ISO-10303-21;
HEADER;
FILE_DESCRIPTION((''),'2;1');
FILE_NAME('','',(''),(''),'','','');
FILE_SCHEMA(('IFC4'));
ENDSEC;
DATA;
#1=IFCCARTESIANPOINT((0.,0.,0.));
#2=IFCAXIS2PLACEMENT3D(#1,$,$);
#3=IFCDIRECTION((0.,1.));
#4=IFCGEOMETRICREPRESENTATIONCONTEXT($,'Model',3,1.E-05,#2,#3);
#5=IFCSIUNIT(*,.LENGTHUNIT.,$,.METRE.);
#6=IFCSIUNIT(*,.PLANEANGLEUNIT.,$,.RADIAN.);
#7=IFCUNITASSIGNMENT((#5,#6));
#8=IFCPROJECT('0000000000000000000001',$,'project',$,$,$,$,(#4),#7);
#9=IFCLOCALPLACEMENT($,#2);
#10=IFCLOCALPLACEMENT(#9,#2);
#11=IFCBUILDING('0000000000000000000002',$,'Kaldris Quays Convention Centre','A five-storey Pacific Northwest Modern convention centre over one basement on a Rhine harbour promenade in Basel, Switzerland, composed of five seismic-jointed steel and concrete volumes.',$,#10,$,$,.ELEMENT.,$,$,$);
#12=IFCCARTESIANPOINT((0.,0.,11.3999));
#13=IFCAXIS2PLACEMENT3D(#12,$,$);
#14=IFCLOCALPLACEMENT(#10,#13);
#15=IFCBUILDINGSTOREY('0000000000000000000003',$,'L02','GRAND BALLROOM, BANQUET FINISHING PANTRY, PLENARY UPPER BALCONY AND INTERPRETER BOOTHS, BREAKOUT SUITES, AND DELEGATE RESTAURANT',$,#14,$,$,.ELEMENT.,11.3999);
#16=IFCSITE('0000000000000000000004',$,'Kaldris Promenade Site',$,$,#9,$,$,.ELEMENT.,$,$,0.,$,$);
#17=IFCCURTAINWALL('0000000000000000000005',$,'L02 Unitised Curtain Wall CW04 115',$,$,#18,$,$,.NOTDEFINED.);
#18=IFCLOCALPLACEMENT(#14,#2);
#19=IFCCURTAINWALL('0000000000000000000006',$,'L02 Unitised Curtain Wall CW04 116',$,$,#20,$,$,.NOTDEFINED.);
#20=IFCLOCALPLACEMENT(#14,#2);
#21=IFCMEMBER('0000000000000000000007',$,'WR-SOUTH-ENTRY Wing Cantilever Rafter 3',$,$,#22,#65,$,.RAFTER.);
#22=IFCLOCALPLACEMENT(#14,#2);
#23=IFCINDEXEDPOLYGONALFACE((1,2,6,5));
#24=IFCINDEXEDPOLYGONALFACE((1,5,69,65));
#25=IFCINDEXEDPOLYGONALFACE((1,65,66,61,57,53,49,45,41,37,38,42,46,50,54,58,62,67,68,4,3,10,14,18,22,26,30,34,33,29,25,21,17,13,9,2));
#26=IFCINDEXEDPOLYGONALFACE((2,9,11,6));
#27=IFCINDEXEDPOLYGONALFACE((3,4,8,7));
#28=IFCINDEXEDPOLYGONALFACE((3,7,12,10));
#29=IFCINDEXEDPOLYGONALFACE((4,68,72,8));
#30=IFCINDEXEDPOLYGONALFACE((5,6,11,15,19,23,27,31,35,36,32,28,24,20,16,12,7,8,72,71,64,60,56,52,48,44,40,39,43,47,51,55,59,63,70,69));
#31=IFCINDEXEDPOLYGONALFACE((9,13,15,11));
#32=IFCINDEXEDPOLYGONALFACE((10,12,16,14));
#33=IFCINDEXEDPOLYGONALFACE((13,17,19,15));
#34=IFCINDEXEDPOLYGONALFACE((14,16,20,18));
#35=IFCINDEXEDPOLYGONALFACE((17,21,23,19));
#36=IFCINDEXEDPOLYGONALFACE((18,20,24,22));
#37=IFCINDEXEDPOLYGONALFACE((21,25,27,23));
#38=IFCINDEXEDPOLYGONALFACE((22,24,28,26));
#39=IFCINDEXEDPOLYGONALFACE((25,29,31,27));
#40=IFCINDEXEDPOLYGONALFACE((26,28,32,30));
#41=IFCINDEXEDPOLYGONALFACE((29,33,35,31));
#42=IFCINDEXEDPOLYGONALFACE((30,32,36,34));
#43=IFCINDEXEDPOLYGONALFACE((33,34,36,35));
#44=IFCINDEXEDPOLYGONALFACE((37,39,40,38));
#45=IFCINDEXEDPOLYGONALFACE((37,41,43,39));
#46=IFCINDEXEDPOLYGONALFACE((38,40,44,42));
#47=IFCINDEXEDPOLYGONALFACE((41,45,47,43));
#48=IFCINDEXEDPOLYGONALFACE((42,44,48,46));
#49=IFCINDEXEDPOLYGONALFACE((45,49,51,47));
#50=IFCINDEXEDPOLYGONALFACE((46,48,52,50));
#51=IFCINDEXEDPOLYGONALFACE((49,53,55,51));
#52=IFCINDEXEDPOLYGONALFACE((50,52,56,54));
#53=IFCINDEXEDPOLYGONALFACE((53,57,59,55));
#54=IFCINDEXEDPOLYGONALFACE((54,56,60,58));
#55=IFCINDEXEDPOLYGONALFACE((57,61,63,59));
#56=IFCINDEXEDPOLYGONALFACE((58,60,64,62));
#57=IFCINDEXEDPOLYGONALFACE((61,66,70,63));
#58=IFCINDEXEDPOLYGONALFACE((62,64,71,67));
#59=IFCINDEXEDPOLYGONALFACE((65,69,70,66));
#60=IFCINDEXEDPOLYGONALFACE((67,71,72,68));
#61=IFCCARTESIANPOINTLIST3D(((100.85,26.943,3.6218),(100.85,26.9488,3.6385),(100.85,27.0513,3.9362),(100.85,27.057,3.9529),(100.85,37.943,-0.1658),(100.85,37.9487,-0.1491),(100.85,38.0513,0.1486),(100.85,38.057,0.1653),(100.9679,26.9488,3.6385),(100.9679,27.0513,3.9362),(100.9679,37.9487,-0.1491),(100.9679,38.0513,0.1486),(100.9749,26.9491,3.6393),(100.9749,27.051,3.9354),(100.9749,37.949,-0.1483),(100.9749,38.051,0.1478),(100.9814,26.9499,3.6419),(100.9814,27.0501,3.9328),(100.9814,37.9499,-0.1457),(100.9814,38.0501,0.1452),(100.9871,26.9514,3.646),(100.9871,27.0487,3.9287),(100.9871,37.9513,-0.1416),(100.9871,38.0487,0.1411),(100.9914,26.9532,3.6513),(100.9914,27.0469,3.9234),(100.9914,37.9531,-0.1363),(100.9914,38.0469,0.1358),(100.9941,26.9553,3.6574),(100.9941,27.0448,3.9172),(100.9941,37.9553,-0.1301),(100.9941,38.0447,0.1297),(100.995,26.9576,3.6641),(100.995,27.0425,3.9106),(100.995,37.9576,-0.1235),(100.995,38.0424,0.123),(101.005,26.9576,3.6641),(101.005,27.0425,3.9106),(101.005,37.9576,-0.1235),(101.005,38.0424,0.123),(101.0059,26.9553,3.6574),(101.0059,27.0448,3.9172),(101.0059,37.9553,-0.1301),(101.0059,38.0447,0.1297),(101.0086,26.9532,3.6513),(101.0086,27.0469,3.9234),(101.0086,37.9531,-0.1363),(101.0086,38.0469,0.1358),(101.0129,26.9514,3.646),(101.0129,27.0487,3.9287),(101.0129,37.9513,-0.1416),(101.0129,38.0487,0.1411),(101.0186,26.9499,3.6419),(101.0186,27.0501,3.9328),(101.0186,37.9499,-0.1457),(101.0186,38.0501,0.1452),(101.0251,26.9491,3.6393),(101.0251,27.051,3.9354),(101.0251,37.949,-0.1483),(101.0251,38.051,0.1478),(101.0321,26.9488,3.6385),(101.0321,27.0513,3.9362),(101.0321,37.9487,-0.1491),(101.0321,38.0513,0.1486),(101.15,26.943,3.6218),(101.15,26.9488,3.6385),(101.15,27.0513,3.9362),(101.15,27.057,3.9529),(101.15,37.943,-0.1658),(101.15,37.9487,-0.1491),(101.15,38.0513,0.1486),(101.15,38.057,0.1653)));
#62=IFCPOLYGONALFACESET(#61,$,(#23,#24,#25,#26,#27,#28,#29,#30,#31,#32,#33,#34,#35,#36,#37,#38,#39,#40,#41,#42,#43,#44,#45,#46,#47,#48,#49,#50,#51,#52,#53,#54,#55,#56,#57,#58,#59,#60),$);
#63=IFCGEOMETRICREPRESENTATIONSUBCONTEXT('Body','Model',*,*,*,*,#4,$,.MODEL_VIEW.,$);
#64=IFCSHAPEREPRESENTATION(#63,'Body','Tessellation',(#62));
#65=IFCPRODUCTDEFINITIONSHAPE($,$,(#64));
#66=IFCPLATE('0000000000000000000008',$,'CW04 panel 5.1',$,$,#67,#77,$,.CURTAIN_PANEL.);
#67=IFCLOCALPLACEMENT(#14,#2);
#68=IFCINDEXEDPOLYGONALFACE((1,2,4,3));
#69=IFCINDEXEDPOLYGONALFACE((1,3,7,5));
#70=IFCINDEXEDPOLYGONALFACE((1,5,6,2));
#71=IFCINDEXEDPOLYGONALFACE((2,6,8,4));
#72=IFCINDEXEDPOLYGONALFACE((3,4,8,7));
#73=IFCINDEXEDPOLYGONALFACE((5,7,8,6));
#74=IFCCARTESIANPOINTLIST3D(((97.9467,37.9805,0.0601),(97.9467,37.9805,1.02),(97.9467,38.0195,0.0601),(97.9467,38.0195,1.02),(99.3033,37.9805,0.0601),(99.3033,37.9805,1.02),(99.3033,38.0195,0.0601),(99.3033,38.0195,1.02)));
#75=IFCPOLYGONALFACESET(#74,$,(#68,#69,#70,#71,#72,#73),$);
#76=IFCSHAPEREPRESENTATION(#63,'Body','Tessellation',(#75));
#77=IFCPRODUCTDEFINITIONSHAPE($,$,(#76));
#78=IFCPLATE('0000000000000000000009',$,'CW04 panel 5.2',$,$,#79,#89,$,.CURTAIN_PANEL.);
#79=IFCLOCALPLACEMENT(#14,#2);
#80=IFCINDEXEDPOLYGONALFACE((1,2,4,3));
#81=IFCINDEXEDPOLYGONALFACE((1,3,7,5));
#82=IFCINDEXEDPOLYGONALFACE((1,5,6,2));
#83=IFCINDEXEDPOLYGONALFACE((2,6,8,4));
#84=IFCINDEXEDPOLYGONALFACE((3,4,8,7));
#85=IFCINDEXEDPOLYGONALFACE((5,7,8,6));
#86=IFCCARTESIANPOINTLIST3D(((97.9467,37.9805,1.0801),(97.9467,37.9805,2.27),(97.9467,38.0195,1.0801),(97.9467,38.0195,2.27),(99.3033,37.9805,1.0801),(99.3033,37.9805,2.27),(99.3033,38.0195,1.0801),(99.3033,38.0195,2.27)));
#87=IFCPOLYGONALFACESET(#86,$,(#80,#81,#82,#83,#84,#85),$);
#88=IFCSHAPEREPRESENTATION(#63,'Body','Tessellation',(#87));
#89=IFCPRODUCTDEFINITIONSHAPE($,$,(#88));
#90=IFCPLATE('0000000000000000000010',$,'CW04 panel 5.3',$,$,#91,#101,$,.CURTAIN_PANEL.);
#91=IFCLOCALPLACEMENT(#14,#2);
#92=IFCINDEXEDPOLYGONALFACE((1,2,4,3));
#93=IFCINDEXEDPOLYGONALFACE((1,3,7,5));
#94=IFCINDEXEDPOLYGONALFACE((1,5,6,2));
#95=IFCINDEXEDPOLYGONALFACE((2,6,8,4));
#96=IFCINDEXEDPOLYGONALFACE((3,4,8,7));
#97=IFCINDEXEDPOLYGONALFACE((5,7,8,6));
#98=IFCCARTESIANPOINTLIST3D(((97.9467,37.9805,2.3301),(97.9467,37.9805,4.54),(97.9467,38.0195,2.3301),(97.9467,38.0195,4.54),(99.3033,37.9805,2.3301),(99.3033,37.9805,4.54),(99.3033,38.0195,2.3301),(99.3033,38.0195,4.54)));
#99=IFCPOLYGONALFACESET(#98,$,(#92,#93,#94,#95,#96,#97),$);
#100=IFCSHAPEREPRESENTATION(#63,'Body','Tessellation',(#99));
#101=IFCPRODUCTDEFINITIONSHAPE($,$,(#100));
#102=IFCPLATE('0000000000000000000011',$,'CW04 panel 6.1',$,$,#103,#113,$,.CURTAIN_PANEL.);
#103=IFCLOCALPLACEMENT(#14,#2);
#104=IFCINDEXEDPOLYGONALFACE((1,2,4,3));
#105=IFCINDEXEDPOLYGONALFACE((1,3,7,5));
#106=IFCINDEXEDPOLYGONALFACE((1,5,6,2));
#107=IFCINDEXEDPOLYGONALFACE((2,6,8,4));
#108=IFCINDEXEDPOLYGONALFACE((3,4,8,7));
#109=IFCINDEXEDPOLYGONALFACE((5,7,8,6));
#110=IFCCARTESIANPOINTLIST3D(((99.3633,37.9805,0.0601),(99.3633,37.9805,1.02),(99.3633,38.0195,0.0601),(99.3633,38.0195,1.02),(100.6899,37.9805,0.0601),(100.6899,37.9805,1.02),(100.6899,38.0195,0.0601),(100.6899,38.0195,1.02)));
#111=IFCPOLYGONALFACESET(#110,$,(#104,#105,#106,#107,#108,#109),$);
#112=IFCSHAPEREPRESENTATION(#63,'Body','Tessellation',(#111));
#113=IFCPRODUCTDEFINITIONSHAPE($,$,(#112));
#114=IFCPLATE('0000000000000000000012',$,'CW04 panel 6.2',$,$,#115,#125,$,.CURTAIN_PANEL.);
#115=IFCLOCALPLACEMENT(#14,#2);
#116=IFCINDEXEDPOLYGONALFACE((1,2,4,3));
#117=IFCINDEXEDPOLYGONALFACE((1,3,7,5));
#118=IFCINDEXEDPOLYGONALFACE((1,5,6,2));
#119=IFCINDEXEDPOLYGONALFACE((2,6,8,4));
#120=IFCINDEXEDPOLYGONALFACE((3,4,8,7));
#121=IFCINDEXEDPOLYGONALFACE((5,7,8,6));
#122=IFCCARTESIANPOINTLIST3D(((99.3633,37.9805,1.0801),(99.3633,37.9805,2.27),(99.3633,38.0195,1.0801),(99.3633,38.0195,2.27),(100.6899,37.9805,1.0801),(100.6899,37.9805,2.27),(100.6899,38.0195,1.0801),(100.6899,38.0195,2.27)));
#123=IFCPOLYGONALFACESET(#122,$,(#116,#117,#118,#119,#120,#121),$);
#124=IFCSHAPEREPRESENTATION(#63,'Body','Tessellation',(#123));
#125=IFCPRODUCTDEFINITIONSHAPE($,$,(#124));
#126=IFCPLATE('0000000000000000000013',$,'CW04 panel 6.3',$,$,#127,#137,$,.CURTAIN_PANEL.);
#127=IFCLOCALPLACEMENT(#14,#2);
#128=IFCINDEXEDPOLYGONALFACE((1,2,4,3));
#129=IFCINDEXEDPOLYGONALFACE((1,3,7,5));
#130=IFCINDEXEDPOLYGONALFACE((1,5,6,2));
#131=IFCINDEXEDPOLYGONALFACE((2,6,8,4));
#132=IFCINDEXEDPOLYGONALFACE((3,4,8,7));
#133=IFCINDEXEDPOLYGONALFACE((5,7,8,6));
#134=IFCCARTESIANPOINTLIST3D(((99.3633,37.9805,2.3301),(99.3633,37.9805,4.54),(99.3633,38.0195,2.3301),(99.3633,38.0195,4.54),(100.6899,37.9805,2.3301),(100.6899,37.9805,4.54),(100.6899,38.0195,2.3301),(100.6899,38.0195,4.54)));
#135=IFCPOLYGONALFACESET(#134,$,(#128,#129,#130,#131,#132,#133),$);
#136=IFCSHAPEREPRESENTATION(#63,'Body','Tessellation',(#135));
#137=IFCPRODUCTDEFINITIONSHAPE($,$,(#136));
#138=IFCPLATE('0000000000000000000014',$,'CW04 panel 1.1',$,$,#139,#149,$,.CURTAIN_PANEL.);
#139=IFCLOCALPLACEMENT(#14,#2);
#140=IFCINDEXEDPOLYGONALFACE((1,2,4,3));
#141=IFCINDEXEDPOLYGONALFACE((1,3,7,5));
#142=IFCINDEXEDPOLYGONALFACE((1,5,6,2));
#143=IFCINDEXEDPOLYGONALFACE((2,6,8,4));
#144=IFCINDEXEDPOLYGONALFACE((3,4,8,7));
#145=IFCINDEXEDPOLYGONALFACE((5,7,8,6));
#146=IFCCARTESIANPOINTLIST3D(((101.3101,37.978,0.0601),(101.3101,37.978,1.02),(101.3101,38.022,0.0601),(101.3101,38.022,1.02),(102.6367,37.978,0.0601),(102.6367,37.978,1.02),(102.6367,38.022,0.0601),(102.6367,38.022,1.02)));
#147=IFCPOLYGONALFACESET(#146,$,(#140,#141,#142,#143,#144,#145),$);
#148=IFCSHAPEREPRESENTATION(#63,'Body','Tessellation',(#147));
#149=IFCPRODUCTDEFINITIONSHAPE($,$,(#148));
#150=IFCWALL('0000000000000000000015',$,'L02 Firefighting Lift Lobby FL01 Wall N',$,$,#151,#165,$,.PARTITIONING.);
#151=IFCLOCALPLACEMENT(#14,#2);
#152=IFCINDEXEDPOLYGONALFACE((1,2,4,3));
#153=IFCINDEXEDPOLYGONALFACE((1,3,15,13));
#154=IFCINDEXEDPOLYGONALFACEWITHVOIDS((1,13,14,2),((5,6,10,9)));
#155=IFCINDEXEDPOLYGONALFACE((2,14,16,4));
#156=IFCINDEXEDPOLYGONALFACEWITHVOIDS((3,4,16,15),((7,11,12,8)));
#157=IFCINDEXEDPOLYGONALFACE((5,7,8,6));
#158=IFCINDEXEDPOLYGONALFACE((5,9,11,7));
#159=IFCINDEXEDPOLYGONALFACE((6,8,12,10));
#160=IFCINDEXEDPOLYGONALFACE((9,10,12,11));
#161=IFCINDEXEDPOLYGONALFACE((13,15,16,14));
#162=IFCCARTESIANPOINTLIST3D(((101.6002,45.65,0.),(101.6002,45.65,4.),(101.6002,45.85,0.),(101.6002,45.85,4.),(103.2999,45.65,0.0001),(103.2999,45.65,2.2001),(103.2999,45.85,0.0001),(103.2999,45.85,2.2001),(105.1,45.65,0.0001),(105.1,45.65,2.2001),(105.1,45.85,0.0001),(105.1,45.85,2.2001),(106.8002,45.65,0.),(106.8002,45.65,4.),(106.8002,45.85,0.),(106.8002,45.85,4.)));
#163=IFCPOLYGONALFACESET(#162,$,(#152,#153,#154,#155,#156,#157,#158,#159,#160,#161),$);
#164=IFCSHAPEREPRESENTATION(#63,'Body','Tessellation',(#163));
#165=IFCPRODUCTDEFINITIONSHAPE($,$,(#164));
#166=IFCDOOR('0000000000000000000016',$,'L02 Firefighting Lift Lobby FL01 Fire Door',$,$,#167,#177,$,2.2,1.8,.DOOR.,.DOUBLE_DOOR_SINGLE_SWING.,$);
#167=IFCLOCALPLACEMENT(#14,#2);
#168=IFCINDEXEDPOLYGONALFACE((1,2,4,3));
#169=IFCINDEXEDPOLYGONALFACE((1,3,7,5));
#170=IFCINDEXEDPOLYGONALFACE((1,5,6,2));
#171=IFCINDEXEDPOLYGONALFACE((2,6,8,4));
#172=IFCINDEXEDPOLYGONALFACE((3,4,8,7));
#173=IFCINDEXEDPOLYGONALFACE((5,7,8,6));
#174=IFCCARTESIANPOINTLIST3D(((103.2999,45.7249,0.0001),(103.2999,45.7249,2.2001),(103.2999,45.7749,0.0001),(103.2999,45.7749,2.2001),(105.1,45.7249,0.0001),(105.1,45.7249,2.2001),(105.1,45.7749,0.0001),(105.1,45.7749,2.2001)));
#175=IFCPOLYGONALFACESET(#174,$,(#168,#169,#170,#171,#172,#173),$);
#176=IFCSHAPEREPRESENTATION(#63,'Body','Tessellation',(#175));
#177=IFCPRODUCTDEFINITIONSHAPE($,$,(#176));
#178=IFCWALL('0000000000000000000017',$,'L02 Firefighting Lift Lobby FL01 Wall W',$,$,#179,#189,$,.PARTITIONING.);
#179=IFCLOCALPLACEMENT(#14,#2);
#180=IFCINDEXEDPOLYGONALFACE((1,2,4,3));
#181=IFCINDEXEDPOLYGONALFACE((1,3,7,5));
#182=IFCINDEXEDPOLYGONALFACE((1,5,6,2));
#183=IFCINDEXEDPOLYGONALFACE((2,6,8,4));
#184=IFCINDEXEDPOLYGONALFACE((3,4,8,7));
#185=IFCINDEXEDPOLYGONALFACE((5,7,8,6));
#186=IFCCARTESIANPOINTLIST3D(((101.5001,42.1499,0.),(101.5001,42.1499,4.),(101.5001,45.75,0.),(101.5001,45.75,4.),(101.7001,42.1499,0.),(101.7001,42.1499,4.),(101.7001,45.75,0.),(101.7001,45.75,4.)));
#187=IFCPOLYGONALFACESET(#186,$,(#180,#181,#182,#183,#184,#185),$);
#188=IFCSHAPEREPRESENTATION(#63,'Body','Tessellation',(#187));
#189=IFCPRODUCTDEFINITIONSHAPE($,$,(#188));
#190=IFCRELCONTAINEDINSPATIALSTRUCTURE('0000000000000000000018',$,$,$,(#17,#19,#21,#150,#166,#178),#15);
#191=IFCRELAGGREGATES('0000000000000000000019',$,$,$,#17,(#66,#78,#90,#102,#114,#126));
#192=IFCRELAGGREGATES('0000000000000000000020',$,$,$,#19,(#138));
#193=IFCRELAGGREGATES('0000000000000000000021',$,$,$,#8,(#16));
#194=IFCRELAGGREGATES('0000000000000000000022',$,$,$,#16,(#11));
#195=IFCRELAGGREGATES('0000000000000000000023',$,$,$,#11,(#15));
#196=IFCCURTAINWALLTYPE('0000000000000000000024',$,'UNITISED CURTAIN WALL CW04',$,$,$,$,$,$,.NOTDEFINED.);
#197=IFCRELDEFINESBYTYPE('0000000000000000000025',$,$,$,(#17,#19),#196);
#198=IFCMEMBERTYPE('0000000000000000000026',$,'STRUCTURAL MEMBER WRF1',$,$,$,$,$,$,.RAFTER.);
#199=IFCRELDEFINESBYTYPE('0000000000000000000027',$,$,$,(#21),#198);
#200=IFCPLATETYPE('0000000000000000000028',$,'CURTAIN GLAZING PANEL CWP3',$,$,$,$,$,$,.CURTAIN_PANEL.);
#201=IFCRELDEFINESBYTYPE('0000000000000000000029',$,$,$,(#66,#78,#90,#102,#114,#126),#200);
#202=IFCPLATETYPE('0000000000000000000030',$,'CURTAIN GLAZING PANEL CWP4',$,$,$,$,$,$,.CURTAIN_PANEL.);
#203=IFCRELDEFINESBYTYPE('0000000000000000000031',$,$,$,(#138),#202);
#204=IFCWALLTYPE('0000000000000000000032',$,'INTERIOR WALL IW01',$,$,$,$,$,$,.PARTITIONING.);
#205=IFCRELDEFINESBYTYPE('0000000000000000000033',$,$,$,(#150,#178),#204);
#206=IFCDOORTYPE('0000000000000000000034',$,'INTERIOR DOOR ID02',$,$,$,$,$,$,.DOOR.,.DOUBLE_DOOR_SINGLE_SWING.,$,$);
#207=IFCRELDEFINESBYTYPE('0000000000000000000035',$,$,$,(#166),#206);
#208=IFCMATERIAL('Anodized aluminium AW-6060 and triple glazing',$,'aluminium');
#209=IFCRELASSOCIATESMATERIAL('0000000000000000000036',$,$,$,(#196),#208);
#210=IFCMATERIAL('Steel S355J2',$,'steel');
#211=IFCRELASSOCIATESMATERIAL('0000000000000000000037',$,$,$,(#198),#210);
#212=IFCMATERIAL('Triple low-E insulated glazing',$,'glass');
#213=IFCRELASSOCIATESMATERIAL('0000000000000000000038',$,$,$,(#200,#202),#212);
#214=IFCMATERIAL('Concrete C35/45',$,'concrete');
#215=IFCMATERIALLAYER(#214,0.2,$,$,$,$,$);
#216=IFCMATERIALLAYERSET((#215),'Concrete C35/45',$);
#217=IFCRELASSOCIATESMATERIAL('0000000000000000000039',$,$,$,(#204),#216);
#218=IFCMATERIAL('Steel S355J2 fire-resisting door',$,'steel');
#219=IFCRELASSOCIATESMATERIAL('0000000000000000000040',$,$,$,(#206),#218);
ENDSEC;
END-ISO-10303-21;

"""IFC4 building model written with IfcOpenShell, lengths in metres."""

from ifc_helpers import new_model, si_unit, direction, frame, frame_2d, origin, origin_2d, place, context, subcontext, project, spatial, rectangle, i_section, extrude, material, layer, layer_set, material_profile, profile_set, type_object, element, fill, aggregate, save


model = new_model("IFC4")

# Units and contexts
model_context = context("Model", 3, precision=1e-05, world=origin(), true_north=direction((0.0, 1.0)))
body_context = subcontext(model_context, "Body", "Model", "MODEL_VIEW")
ifc_project = project(units=[si_unit("LENGTHUNIT", "METRE"), si_unit("PLANEANGLEUNIT", "RADIAN")], contexts=[model_context])

# Site, building, storey
site_placement = place(None, origin())
site = spatial("IfcSite", under=ifc_project, at=site_placement, Name="Kaldris Promenade Site", CompositionType="ELEMENT", RefElevation=0.0)
building_placement = place(site_placement, origin())
building = spatial("IfcBuilding", under=site, at=building_placement, Name="Kaldris Quays Convention Centre", Description="A five-storey Pacific Northwest Modern convention centre over one basement on a Rhine harbour promenade in Basel, Switzerland, composed of five seismic-jointed steel and concrete volumes.", CompositionType="ELEMENT")
storey_placement = place(building_placement, frame((0.0, 0.0, 11.3999)))
storey = spatial("IfcBuildingStorey", under=building, at=storey_placement, Name="L02", Description="GRAND BALLROOM, BANQUET FINISHING PANTRY, PLENARY UPPER BALCONY AND INTERPRETER BOOTHS, BREAKOUT SUITES, AND DELEGATE RESTAURANT", CompositionType="ELEMENT", Elevation=11.3999)

# Shared definitions
ifc_material_1 = material(Name="Steel S355J2", Category="steel")

# Curtain wall
ifc_material_2 = material(Name="Anodized aluminium AW-6060 and triple glazing", Category="aluminium")
curtain_wall_type = type_object("IfcCurtainWallType", Name="UNITISED CURTAIN WALL CW04", PredefinedType="NOTDEFINED", material=ifc_material_2)
curtain_wall_1_placement = place(storey_placement, origin())
curtain_wall_1 = element("IfcCurtainWall", 1, at=curtain_wall_1_placement, inside=storey, type_object=curtain_wall_type, Name="L02 Unitised Curtain Wall CW04 115", PredefinedType="NOTDEFINED")

# Curtain wall
curtain_wall_2_placement = place(storey_placement, origin())
curtain_wall_2 = element("IfcCurtainWall", 2, at=curtain_wall_2_placement, inside=storey, type_object=curtain_wall_type, Name="L02 Unitised Curtain Wall CW04 116", PredefinedType="NOTDEFINED")

# Member
ifc_material_profile_1 = material_profile(ifc_material_1, i_section(OverallWidth=0.3, OverallDepth=0.3501, WebThickness=0.01, FlangeThickness=0.0176, FilletRadius=0.0271, at=origin_2d()), Name="HEA 360")
ifc_profile_set_1 = profile_set([ifc_material_profile_1], Name="Steel S355J2")
member_type_1 = type_object("IfcMemberType", Name="STRUCTURAL MEMBER WRF1", PredefinedType="RAFTER", material=ifc_profile_set_1)
member_1_placement = place(storey_placement, frame((101.0, 38.0, -0.0002), z_axis=(0.0, -0.945519, 0.325568), x_axis=(1.0, 0.0, 0.0)))
element("IfcMember", 3, at=member_1_placement, inside=storey, type_object=member_type_1, Name="WR-SOUTH-ENTRY Wing Cantilever Rafter 3", PredefinedType="RAFTER", context=body_context, shape_type="SweptSolid", body=[
    extrude(i_section(OverallWidth=0.3, OverallDepth=0.3501, WebThickness=0.01, FlangeThickness=0.0176, FilletRadius=0.0271, at=origin_2d()), origin(), (0.0, 0.0, 1.0), 11.6338),
])

# Plates
ifc_material_3 = material(Name="Triple low-E insulated glazing", Category="glass")
plate_type_1 = type_object("IfcPlateType", Name="CURTAIN GLAZING PANEL CWP3", PredefinedType="CURTAIN_PANEL", material=ifc_material_3)
plate_1_placement = place(storey_placement, frame((98.625, 38.0, 0.0601), z_axis=(0.0, 0.0, 1.0), x_axis=(1.0, 0.0, 0.0)))
plate_1 = element("IfcPlate", 4, at=plate_1_placement, type_object=plate_type_1, Name="CW04 panel 5.1", PredefinedType="CURTAIN_PANEL", context=body_context, shape_type="SweptSolid", body=[
    extrude(rectangle(XDim=1.3567, YDim=0.0391, at=origin_2d()), origin(), (0.0, 0.0, 1.0), 0.96),
])
plate_2_placement = place(storey_placement, frame((98.625, 38.0, 1.0801), z_axis=(0.0, 0.0, 1.0), x_axis=(1.0, 0.0, 0.0)))
plate_2 = element("IfcPlate", 5, at=plate_2_placement, type_object=plate_type_1, Name="CW04 panel 5.2", PredefinedType="CURTAIN_PANEL", context=body_context, shape_type="SweptSolid", body=[
    extrude(rectangle(XDim=1.3567, YDim=0.0391, at=origin_2d()), origin(), (0.0, 0.0, 1.0), 1.1899),
])
plate_3_placement = place(storey_placement, frame((98.625, 38.0, 2.3301), z_axis=(0.0, 0.0, 1.0), x_axis=(1.0, 0.0, 0.0)))
plate_3 = element("IfcPlate", 6, at=plate_3_placement, type_object=plate_type_1, Name="CW04 panel 5.3", PredefinedType="CURTAIN_PANEL", context=body_context, shape_type="SweptSolid", body=[
    extrude(rectangle(XDim=1.3567, YDim=0.0391, at=origin_2d()), origin(), (0.0, 0.0, 1.0), 2.21),
])
plate_4_placement = place(storey_placement, frame((100.0266, 38.0, 0.0601), z_axis=(0.0, 0.0, 1.0), x_axis=(1.0, 0.0, 0.0)))
plate_4 = element("IfcPlate", 7, at=plate_4_placement, type_object=plate_type_1, Name="CW04 panel 6.1", PredefinedType="CURTAIN_PANEL", context=body_context, shape_type="SweptSolid", body=[
    extrude(rectangle(XDim=1.3267, YDim=0.0391, at=origin_2d()), origin(), (0.0, 0.0, 1.0), 0.96),
])
plate_5_placement = place(storey_placement, frame((100.0266, 38.0, 1.0801), z_axis=(0.0, 0.0, 1.0), x_axis=(1.0, 0.0, 0.0)))
plate_5 = element("IfcPlate", 8, at=plate_5_placement, type_object=plate_type_1, Name="CW04 panel 6.2", PredefinedType="CURTAIN_PANEL", context=body_context, shape_type="SweptSolid", body=[
    extrude(rectangle(XDim=1.3267, YDim=0.0391, at=origin_2d()), origin(), (0.0, 0.0, 1.0), 1.1899),
])
plate_6_placement = place(storey_placement, frame((100.0266, 38.0, 2.3301), z_axis=(0.0, 0.0, 1.0), x_axis=(1.0, 0.0, 0.0)))
plate_6 = element("IfcPlate", 9, at=plate_6_placement, type_object=plate_type_1, Name="CW04 panel 6.3", PredefinedType="CURTAIN_PANEL", context=body_context, shape_type="SweptSolid", body=[
    extrude(rectangle(XDim=1.3267, YDim=0.0391, at=origin_2d()), origin(), (0.0, 0.0, 1.0), 2.21),
])
aggregate(curtain_wall_1, [plate_1, plate_2, plate_3, plate_4, plate_5, plate_6])
plate_type_2 = type_object("IfcPlateType", Name="CURTAIN GLAZING PANEL CWP4", PredefinedType="CURTAIN_PANEL", material=ifc_material_3)
plate_7_placement = place(storey_placement, frame((101.9734, 38.0, 0.0601), z_axis=(0.0, 0.0, 1.0), x_axis=(1.0, 0.0, 0.0)))
plate_7 = element("IfcPlate", 10, at=plate_7_placement, type_object=plate_type_2, Name="CW04 panel 1.1", PredefinedType="CURTAIN_PANEL", context=body_context, shape_type="SweptSolid", body=[
    extrude(rectangle(XDim=1.3267, YDim=0.0439, at=origin_2d()), origin(), (0.0, 0.0, 1.0), 0.96),
])
aggregate(curtain_wall_2, [plate_7])

# Wall, opening, door
ifc_material_4 = material(Name="Concrete C35/45", Category="concrete")
ifc_layer_1 = layer(ifc_material_4, 0.2)
ifc_layer_set_1 = layer_set([ifc_layer_1], Name="Concrete C35/45")
wall_type_1 = type_object("IfcWallType", Name="INTERIOR WALL IW01", PredefinedType="PARTITIONING", material=ifc_layer_set_1)
wall_1_placement = place(storey_placement, frame((101.6001, 45.75, 0.0), z_axis=(0.0, 0.0, 1.0), x_axis=(1.0, 0.0, 0.0)))
wall_1 = element("IfcWall", 11, at=wall_1_placement, inside=storey, type_object=wall_type_1, Name="L02 Firefighting Lift Lobby FL01 Wall N", PredefinedType="PARTITIONING", context=body_context, shape_type="SweptSolid", body=[
    extrude(rectangle(XDim=5.2, YDim=0.2, at=frame_2d((2.6001, 0.0))), origin(), (0.0, 0.0, 1.0), 4.0),
])
opening_1_placement = place(wall_1_placement, frame((1.7, 0.0, 0.0)))
opening_1 = element("IfcOpeningElement", 12, at=opening_1_placement, cuts=wall_1, PredefinedType="OPENING", context=body_context, shape_type="SweptSolid", body=[
    extrude(rectangle(XDim=1.8, YDim=2.2, at=frame_2d((0.8999, 1.1001))), frame((0.0, 0.1099, 0.0), z_axis=(0.0, -1.0, 0.0), x_axis=(1.0, 0.0, 0.0)), (0.0, 0.0, 1.0), 0.22),
])
ifc_material_5 = material(Name="Steel S355J2 fire-resisting door", Category="steel")
door_type_1 = type_object("IfcDoorType", Name="INTERIOR DOOR ID02", OperationType="DOUBLE_DOOR_SINGLE_SWING", PredefinedType="DOOR", material=ifc_material_5)
door_1_placement = place(opening_1_placement, origin())
door_1 = element("IfcDoor", 13, at=door_1_placement, inside=storey, type_object=door_type_1, Name="L02 Firefighting Lift Lobby FL01 Fire Door", OperationType="DOUBLE_DOOR_SINGLE_SWING", OverallHeight=2.2, OverallWidth=1.8, PredefinedType="DOOR", context=body_context, shape_type="SweptSolid", body=[
    extrude(rectangle(XDim=1.8, YDim=2.2, at=frame_2d((0.8999, 1.1001))), frame((0.0, 0.0249, 0.0), z_axis=(0.0, -1.0, 0.0), x_axis=(1.0, 0.0, 0.0)), (0.0, 0.0, 1.0), 0.05),
])
fill(opening_1, door_1)

# Wall
wall_2_placement = place(storey_placement, frame((101.6001, 42.1499, 0.0), z_axis=(0.0, 0.0, 1.0), x_axis=(0.0, 1.0, 0.0)))
element("IfcWall", 14, at=wall_2_placement, inside=storey, type_object=wall_type_1, Name="L02 Firefighting Lift Lobby FL01 Wall W", PredefinedType="PARTITIONING", context=body_context, shape_type="SweptSolid", body=[
    extrude(rectangle(XDim=3.6001, YDim=0.2, at=frame_2d((1.8, 0.0))), origin(), (0.0, 0.0, 1.0), 4.0),
])

save(model, "model.ifc")
